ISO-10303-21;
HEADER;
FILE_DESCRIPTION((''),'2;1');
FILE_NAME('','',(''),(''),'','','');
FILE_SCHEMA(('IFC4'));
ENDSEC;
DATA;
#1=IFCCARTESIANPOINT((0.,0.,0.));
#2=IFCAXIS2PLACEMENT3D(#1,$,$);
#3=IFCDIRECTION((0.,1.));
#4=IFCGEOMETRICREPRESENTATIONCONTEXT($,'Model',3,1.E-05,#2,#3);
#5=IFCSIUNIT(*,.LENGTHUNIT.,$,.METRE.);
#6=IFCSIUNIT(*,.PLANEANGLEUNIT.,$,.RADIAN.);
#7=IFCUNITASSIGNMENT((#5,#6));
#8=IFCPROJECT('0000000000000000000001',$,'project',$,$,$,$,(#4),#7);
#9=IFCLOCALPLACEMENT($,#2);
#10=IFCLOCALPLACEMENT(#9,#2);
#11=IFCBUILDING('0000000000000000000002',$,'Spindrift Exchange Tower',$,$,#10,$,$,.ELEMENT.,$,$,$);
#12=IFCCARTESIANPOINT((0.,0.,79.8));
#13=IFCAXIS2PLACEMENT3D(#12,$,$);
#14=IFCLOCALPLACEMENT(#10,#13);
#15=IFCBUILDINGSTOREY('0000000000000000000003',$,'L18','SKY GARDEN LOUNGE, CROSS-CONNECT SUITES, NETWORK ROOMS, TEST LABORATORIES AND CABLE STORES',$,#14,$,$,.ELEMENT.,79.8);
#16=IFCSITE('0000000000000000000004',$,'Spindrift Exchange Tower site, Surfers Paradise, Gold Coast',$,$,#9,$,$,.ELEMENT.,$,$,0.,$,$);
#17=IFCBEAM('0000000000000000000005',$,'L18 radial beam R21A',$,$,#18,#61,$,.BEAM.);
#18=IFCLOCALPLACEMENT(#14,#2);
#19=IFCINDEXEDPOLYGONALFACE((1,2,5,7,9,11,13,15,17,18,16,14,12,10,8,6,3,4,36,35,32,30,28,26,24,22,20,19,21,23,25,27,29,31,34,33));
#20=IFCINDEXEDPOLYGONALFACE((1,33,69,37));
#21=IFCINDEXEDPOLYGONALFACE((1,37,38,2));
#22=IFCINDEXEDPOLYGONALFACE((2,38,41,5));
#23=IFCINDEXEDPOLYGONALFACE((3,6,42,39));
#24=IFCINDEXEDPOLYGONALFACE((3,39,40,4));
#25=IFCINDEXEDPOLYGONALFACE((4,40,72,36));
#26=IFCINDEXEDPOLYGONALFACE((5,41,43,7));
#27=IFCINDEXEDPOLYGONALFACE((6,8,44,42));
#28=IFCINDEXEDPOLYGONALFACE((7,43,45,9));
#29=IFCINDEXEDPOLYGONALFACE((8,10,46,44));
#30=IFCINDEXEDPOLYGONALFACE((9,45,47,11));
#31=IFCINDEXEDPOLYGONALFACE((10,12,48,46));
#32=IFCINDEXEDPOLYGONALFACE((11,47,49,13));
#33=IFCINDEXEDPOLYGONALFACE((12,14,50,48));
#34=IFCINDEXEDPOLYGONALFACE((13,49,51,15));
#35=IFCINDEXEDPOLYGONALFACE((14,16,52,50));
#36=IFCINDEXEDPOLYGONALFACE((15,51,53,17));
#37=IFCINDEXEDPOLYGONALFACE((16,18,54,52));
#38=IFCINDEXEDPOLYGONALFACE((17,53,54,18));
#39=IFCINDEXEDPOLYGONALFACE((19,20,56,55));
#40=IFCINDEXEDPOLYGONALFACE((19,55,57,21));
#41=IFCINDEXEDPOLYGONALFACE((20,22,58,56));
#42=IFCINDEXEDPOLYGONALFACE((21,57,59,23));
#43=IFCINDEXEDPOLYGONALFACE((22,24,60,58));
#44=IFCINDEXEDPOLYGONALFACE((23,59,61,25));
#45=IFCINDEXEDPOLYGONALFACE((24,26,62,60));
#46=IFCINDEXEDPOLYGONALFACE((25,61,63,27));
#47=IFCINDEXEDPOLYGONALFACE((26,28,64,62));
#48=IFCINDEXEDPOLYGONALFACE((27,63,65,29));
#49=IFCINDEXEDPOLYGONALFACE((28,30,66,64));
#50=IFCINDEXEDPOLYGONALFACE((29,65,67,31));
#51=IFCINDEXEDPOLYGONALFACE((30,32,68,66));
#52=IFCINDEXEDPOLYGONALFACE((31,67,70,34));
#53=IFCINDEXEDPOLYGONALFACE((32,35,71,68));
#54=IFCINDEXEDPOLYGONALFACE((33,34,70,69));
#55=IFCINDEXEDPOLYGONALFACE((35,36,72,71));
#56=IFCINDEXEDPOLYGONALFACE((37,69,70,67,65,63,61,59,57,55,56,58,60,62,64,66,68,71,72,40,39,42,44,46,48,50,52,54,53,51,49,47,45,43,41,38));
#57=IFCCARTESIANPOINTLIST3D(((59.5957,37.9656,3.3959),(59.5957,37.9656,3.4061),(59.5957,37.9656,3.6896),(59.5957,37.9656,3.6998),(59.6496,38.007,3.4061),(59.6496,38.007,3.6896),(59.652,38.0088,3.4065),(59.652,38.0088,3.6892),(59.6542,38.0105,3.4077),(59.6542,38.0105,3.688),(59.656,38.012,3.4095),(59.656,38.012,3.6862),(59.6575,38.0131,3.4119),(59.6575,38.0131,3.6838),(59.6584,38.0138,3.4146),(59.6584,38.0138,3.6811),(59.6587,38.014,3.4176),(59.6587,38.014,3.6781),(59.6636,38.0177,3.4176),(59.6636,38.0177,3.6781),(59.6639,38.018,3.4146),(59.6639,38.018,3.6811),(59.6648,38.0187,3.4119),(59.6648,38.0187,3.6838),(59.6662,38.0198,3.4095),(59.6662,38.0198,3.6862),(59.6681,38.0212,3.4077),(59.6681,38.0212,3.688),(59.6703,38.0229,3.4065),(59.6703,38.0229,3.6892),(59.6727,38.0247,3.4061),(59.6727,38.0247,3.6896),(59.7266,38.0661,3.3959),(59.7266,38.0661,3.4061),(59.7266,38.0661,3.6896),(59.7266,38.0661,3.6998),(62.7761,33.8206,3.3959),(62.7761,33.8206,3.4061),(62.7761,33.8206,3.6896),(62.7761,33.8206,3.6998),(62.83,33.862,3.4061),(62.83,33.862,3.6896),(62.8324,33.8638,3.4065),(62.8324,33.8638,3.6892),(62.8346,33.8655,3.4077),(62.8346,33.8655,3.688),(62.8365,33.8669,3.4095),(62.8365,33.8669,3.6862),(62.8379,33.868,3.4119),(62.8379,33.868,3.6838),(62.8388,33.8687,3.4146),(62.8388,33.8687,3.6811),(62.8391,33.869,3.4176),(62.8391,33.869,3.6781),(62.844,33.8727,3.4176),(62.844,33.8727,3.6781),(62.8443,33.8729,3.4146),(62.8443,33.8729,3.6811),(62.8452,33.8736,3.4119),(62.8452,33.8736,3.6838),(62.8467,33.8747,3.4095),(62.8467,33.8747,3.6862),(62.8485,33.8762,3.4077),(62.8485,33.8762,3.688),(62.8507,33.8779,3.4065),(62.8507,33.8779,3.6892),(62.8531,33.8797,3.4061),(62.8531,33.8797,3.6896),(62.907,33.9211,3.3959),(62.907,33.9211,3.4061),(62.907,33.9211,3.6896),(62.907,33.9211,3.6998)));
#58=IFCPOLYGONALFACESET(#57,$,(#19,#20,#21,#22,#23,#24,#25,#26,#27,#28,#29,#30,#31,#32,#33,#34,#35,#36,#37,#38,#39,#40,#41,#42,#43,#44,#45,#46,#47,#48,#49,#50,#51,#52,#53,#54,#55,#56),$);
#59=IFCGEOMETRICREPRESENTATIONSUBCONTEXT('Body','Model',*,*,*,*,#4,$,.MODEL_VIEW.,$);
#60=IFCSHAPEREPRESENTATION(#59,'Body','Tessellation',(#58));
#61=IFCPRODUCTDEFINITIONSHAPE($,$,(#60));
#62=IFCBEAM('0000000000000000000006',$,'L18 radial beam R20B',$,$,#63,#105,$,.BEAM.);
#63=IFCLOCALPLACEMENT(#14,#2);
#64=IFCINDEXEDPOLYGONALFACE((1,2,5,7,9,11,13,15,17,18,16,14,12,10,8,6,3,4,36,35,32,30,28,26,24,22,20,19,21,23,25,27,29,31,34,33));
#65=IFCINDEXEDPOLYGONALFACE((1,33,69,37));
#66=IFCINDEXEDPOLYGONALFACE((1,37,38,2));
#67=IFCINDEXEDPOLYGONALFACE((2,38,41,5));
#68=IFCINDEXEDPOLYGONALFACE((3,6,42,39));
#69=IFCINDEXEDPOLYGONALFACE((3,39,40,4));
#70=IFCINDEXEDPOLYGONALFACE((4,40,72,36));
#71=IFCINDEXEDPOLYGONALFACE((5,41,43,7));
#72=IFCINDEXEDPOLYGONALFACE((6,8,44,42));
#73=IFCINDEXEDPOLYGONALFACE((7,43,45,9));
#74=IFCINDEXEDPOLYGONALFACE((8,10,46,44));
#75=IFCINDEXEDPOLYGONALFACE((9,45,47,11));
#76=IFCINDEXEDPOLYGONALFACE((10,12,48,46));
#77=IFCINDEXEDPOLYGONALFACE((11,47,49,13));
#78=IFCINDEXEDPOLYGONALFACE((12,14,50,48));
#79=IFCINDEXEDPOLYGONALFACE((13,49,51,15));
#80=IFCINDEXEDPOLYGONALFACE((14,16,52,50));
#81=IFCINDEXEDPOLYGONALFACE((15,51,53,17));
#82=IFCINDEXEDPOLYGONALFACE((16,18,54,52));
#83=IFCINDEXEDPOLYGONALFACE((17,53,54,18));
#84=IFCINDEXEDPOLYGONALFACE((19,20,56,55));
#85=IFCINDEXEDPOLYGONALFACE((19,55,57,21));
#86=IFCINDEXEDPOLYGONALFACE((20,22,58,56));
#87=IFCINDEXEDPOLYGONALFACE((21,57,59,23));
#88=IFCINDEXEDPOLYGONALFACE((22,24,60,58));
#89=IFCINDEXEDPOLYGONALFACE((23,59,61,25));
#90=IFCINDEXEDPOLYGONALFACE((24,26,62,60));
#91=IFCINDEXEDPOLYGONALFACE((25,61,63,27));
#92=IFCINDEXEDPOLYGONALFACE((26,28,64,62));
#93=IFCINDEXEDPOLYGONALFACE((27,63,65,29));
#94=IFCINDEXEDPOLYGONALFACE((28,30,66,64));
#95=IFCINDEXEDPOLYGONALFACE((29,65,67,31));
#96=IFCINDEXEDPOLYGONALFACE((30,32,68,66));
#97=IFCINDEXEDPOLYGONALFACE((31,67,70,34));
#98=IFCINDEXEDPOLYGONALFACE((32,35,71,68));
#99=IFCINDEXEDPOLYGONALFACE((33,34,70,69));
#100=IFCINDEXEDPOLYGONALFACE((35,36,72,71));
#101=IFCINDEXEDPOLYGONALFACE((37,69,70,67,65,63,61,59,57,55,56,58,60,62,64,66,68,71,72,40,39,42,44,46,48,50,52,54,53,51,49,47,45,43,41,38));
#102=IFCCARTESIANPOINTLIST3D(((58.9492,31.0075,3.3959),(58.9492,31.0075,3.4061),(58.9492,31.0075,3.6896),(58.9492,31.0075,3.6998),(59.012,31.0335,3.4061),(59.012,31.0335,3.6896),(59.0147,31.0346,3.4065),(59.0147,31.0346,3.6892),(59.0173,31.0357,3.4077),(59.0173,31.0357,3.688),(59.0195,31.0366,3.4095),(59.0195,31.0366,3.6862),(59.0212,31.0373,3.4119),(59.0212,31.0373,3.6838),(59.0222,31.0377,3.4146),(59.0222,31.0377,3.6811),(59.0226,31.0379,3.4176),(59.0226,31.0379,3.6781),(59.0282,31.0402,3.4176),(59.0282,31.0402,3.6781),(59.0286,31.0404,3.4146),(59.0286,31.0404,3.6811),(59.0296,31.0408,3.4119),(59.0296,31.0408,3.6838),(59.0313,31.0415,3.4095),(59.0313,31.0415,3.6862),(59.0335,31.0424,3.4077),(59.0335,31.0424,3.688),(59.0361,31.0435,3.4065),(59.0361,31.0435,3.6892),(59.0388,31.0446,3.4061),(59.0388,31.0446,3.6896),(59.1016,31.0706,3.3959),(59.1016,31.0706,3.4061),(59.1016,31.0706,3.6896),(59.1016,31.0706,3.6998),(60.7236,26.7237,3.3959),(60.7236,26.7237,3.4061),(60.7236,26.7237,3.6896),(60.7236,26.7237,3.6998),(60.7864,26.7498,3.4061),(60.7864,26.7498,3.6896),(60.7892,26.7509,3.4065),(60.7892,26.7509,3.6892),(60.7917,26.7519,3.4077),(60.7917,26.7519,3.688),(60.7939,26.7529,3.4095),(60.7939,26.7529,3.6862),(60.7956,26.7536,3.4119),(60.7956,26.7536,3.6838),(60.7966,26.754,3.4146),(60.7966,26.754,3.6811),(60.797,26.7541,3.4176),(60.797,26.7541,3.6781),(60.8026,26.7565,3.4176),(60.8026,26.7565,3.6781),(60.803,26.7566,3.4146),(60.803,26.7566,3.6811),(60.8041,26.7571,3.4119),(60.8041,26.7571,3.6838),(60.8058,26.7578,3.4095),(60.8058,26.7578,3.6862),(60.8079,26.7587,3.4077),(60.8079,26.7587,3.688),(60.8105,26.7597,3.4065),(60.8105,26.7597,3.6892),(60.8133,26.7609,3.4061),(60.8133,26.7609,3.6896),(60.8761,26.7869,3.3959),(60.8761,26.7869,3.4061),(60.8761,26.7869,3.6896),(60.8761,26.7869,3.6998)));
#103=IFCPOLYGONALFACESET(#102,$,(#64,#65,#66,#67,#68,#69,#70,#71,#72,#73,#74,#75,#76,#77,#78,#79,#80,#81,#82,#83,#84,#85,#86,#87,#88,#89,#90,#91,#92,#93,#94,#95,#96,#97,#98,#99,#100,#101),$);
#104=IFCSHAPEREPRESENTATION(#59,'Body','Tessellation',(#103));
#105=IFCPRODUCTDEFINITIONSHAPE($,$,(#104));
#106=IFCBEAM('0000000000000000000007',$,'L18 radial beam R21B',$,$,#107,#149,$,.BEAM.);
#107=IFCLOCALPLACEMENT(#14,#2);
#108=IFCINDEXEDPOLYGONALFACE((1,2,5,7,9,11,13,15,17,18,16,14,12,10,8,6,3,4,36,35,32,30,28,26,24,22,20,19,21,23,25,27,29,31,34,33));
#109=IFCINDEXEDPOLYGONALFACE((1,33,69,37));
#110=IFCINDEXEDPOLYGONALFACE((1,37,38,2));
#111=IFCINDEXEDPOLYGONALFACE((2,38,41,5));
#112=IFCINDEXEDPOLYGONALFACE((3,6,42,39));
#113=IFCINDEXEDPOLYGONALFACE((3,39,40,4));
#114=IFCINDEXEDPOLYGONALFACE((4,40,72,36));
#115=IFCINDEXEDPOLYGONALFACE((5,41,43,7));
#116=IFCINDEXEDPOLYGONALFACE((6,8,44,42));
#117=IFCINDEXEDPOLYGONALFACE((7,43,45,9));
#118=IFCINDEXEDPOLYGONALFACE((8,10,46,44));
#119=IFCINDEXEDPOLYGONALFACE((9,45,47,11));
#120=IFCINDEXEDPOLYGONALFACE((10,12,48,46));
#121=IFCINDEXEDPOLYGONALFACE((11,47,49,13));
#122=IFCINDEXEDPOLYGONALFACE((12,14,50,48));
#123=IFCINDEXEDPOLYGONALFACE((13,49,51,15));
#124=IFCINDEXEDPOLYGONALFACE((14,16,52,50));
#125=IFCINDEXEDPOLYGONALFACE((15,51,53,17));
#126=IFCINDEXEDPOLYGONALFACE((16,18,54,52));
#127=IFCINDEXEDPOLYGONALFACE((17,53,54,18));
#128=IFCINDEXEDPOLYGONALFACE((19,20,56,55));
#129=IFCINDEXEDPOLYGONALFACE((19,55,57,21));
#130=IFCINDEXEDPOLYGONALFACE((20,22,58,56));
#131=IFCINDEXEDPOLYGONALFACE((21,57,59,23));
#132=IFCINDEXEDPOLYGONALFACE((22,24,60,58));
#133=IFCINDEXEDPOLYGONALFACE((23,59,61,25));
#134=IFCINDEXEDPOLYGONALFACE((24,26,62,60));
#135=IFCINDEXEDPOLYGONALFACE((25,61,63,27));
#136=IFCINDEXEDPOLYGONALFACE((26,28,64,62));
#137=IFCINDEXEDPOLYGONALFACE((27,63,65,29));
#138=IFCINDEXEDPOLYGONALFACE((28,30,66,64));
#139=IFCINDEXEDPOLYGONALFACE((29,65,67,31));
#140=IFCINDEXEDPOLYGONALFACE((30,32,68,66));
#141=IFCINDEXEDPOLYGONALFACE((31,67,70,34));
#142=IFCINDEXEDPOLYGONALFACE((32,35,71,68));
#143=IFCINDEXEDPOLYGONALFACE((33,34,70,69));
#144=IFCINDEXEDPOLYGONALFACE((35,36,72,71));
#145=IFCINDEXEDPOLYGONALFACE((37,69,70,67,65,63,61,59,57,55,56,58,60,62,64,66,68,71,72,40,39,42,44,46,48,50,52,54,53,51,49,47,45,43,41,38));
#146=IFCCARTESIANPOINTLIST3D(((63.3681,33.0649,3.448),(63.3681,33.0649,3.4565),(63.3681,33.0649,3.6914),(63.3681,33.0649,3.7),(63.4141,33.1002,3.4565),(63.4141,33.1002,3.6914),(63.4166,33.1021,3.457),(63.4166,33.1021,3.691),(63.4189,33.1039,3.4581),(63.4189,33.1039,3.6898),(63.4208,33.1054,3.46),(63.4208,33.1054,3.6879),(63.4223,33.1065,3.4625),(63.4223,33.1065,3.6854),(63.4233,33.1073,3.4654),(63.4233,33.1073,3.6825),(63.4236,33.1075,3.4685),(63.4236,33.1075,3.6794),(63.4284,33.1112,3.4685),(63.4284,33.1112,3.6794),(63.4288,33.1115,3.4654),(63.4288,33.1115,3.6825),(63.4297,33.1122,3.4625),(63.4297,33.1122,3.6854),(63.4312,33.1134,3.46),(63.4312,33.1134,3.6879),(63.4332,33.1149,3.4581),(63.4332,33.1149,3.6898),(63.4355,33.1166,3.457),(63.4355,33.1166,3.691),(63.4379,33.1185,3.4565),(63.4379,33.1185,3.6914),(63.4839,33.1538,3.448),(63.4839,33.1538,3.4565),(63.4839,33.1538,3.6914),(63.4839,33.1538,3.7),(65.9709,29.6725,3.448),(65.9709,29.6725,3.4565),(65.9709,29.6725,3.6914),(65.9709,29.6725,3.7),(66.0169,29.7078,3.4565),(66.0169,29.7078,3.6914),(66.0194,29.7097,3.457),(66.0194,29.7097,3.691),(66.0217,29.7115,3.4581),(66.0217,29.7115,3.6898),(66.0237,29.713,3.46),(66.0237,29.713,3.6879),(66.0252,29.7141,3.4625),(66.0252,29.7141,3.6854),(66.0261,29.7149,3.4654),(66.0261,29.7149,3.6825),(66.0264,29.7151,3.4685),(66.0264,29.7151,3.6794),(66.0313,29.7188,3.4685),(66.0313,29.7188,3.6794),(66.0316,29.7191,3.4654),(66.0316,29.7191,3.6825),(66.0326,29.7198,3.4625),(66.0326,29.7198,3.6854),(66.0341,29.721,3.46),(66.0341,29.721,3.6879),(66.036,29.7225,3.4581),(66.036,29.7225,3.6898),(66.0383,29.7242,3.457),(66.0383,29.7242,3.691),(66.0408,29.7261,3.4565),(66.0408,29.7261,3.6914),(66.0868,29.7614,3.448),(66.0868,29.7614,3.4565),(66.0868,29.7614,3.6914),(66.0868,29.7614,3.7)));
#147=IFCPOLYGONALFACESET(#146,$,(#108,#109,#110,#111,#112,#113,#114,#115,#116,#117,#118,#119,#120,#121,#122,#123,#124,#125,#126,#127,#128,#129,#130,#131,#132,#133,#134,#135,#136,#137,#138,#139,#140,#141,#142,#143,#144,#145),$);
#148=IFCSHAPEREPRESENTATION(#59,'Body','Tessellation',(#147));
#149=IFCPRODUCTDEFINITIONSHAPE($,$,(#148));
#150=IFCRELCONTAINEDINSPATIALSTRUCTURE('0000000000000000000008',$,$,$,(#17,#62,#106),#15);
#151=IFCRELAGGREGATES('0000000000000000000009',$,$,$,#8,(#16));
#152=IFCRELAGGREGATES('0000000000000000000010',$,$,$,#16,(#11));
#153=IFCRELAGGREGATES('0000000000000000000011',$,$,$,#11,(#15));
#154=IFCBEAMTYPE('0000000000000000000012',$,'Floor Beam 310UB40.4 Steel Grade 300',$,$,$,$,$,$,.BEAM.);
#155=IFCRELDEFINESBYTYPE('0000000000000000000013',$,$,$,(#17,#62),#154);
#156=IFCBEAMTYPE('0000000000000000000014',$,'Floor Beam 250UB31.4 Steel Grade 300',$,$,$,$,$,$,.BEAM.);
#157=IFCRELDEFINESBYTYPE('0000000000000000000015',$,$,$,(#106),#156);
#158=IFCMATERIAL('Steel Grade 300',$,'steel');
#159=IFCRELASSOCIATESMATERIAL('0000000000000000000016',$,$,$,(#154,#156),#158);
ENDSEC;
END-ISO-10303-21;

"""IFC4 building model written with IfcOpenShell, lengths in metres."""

from ifc_helpers import new_model, si_unit, direction, frame, origin, origin_2d, place, context, subcontext, project, spatial, i_section, extrude, source, transform, mapped, material, material_profile, profile_set, type_object, element, save


model = new_model("IFC4")

# Units and contexts
model_context = context("Model", 3, precision=1e-05, world=origin(), true_north=direction((0.0, 1.0)))
body_context = subcontext(model_context, "Body", "Model", "MODEL_VIEW")
ifc_project = project(units=[si_unit("LENGTHUNIT", "METRE"), si_unit("PLANEANGLEUNIT", "RADIAN")], contexts=[model_context])

# Site, building, storey
site_placement = place(None, origin())
site = spatial("IfcSite", under=ifc_project, at=site_placement, Name="Spindrift Exchange Tower site, Surfers Paradise, Gold Coast", CompositionType="ELEMENT", RefElevation=0.0)
building_placement = place(site_placement, origin())
building = spatial("IfcBuilding", under=site, at=building_placement, Name="Spindrift Exchange Tower", CompositionType="ELEMENT")
storey_placement = place(building_placement, frame((0.0, 0.0, 79.8)))
storey = spatial("IfcBuildingStorey", under=building, at=storey_placement, Name="L18", Description="SKY GARDEN LOUNGE, CROSS-CONNECT SUITES, NETWORK ROOMS, TEST LABORATORIES AND CABLE STORES", CompositionType="ELEMENT", Elevation=79.8)

# Beams
ifc_material_1 = material(Name="Steel Grade 300", Category="steel")
ifc_material_profile_1 = material_profile(ifc_material_1, i_section(OverallWidth=0.165, OverallDepth=0.304, WebThickness=0.0061, FlangeThickness=0.0103, FilletRadius=0.0115, at=origin_2d()), Name="310UB40.4")
ifc_profile_set_1 = profile_set([ifc_material_profile_1], Name="Steel Grade 300")
beam_type_1 = type_object("IfcBeamType", Name="Floor Beam 310UB40.4 Steel Grade 300", PredefinedType="BEAM", material=ifc_profile_set_1)
shared_shape_1 = source(origin(), body_context, "Body", "SweptSolid", [
    extrude(i_section(OverallWidth=0.165, OverallDepth=0.304, WebThickness=0.0061, FlangeThickness=0.0103, FilletRadius=0.0115, at=origin_2d()), origin(), (0.0, 0.0, 1.0), 5.2246),
])
beam_1_placement = place(storey_placement, frame((59.6611, 38.0159, 3.5479), z_axis=(0.608741, -0.793369, 0.0), x_axis=(0.793369, 0.608741, 0.0)))
element("IfcBeam", 1, at=beam_1_placement, inside=storey, type_object=beam_type_1, Name="L18 radial beam R21A", PredefinedType="BEAM", context=body_context, shape_type="MappedRepresentation", body=[
    mapped(shared_shape_1, transform((0.0, 0.0, 0.0), scale=1.0)),
])
shared_shape_2 = source(origin(), body_context, "Body", "SweptSolid", [
    extrude(i_section(OverallWidth=0.165, OverallDepth=0.304, WebThickness=0.0061, FlangeThickness=0.0103, FilletRadius=0.0115, at=origin_2d()), origin(), (0.0, 0.0, 1.0), 4.6367),
])
beam_2_placement = place(storey_placement, frame((59.0254, 31.0391, 3.5479), z_axis=(0.382693, -0.923876, 0.0), x_axis=(0.923876, 0.382693, 0.0)))
element("IfcBeam", 2, at=beam_2_placement, inside=storey, type_object=beam_type_1, Name="L18 radial beam R20B", PredefinedType="BEAM", context=body_context, shape_type="MappedRepresentation", body=[
    mapped(shared_shape_2, transform((0.0, 0.0, 0.0), scale=1.0)),
])
ifc_material_profile_2 = material_profile(ifc_material_1, i_section(OverallWidth=0.146, OverallDepth=0.252, WebThickness=0.0061, FlangeThickness=0.0085, FilletRadius=0.012, at=origin_2d()), Name="250UB31.4")
ifc_profile_set_2 = profile_set([ifc_material_profile_2], Name="Steel Grade 300")
beam_type_2 = type_object("IfcBeamType", Name="Floor Beam 250UB31.4 Steel Grade 300", PredefinedType="BEAM", material=ifc_profile_set_2)
shared_shape_3 = source(origin(), body_context, "Body", "SweptSolid", [
    extrude(i_section(OverallWidth=0.146, OverallDepth=0.252, WebThickness=0.0061, FlangeThickness=0.0085, FilletRadius=0.012, at=origin_2d()), origin(), (0.0, 0.0, 1.0), 4.2759),
])
beam_3_placement = place(storey_placement, frame((63.426, 33.1094, 3.574), z_axis=(0.608725, -0.793381, 0.0), x_axis=(0.793381, 0.608725, 0.0)))
element("IfcBeam", 3, at=beam_3_placement, inside=storey, type_object=beam_type_2, Name="L18 radial beam R21B", PredefinedType="BEAM", context=body_context, shape_type="MappedRepresentation", body=[
    mapped(shared_shape_3, transform((0.0, 0.0, 0.0), scale=1.0)),
])

save(model, "model.ifc")
